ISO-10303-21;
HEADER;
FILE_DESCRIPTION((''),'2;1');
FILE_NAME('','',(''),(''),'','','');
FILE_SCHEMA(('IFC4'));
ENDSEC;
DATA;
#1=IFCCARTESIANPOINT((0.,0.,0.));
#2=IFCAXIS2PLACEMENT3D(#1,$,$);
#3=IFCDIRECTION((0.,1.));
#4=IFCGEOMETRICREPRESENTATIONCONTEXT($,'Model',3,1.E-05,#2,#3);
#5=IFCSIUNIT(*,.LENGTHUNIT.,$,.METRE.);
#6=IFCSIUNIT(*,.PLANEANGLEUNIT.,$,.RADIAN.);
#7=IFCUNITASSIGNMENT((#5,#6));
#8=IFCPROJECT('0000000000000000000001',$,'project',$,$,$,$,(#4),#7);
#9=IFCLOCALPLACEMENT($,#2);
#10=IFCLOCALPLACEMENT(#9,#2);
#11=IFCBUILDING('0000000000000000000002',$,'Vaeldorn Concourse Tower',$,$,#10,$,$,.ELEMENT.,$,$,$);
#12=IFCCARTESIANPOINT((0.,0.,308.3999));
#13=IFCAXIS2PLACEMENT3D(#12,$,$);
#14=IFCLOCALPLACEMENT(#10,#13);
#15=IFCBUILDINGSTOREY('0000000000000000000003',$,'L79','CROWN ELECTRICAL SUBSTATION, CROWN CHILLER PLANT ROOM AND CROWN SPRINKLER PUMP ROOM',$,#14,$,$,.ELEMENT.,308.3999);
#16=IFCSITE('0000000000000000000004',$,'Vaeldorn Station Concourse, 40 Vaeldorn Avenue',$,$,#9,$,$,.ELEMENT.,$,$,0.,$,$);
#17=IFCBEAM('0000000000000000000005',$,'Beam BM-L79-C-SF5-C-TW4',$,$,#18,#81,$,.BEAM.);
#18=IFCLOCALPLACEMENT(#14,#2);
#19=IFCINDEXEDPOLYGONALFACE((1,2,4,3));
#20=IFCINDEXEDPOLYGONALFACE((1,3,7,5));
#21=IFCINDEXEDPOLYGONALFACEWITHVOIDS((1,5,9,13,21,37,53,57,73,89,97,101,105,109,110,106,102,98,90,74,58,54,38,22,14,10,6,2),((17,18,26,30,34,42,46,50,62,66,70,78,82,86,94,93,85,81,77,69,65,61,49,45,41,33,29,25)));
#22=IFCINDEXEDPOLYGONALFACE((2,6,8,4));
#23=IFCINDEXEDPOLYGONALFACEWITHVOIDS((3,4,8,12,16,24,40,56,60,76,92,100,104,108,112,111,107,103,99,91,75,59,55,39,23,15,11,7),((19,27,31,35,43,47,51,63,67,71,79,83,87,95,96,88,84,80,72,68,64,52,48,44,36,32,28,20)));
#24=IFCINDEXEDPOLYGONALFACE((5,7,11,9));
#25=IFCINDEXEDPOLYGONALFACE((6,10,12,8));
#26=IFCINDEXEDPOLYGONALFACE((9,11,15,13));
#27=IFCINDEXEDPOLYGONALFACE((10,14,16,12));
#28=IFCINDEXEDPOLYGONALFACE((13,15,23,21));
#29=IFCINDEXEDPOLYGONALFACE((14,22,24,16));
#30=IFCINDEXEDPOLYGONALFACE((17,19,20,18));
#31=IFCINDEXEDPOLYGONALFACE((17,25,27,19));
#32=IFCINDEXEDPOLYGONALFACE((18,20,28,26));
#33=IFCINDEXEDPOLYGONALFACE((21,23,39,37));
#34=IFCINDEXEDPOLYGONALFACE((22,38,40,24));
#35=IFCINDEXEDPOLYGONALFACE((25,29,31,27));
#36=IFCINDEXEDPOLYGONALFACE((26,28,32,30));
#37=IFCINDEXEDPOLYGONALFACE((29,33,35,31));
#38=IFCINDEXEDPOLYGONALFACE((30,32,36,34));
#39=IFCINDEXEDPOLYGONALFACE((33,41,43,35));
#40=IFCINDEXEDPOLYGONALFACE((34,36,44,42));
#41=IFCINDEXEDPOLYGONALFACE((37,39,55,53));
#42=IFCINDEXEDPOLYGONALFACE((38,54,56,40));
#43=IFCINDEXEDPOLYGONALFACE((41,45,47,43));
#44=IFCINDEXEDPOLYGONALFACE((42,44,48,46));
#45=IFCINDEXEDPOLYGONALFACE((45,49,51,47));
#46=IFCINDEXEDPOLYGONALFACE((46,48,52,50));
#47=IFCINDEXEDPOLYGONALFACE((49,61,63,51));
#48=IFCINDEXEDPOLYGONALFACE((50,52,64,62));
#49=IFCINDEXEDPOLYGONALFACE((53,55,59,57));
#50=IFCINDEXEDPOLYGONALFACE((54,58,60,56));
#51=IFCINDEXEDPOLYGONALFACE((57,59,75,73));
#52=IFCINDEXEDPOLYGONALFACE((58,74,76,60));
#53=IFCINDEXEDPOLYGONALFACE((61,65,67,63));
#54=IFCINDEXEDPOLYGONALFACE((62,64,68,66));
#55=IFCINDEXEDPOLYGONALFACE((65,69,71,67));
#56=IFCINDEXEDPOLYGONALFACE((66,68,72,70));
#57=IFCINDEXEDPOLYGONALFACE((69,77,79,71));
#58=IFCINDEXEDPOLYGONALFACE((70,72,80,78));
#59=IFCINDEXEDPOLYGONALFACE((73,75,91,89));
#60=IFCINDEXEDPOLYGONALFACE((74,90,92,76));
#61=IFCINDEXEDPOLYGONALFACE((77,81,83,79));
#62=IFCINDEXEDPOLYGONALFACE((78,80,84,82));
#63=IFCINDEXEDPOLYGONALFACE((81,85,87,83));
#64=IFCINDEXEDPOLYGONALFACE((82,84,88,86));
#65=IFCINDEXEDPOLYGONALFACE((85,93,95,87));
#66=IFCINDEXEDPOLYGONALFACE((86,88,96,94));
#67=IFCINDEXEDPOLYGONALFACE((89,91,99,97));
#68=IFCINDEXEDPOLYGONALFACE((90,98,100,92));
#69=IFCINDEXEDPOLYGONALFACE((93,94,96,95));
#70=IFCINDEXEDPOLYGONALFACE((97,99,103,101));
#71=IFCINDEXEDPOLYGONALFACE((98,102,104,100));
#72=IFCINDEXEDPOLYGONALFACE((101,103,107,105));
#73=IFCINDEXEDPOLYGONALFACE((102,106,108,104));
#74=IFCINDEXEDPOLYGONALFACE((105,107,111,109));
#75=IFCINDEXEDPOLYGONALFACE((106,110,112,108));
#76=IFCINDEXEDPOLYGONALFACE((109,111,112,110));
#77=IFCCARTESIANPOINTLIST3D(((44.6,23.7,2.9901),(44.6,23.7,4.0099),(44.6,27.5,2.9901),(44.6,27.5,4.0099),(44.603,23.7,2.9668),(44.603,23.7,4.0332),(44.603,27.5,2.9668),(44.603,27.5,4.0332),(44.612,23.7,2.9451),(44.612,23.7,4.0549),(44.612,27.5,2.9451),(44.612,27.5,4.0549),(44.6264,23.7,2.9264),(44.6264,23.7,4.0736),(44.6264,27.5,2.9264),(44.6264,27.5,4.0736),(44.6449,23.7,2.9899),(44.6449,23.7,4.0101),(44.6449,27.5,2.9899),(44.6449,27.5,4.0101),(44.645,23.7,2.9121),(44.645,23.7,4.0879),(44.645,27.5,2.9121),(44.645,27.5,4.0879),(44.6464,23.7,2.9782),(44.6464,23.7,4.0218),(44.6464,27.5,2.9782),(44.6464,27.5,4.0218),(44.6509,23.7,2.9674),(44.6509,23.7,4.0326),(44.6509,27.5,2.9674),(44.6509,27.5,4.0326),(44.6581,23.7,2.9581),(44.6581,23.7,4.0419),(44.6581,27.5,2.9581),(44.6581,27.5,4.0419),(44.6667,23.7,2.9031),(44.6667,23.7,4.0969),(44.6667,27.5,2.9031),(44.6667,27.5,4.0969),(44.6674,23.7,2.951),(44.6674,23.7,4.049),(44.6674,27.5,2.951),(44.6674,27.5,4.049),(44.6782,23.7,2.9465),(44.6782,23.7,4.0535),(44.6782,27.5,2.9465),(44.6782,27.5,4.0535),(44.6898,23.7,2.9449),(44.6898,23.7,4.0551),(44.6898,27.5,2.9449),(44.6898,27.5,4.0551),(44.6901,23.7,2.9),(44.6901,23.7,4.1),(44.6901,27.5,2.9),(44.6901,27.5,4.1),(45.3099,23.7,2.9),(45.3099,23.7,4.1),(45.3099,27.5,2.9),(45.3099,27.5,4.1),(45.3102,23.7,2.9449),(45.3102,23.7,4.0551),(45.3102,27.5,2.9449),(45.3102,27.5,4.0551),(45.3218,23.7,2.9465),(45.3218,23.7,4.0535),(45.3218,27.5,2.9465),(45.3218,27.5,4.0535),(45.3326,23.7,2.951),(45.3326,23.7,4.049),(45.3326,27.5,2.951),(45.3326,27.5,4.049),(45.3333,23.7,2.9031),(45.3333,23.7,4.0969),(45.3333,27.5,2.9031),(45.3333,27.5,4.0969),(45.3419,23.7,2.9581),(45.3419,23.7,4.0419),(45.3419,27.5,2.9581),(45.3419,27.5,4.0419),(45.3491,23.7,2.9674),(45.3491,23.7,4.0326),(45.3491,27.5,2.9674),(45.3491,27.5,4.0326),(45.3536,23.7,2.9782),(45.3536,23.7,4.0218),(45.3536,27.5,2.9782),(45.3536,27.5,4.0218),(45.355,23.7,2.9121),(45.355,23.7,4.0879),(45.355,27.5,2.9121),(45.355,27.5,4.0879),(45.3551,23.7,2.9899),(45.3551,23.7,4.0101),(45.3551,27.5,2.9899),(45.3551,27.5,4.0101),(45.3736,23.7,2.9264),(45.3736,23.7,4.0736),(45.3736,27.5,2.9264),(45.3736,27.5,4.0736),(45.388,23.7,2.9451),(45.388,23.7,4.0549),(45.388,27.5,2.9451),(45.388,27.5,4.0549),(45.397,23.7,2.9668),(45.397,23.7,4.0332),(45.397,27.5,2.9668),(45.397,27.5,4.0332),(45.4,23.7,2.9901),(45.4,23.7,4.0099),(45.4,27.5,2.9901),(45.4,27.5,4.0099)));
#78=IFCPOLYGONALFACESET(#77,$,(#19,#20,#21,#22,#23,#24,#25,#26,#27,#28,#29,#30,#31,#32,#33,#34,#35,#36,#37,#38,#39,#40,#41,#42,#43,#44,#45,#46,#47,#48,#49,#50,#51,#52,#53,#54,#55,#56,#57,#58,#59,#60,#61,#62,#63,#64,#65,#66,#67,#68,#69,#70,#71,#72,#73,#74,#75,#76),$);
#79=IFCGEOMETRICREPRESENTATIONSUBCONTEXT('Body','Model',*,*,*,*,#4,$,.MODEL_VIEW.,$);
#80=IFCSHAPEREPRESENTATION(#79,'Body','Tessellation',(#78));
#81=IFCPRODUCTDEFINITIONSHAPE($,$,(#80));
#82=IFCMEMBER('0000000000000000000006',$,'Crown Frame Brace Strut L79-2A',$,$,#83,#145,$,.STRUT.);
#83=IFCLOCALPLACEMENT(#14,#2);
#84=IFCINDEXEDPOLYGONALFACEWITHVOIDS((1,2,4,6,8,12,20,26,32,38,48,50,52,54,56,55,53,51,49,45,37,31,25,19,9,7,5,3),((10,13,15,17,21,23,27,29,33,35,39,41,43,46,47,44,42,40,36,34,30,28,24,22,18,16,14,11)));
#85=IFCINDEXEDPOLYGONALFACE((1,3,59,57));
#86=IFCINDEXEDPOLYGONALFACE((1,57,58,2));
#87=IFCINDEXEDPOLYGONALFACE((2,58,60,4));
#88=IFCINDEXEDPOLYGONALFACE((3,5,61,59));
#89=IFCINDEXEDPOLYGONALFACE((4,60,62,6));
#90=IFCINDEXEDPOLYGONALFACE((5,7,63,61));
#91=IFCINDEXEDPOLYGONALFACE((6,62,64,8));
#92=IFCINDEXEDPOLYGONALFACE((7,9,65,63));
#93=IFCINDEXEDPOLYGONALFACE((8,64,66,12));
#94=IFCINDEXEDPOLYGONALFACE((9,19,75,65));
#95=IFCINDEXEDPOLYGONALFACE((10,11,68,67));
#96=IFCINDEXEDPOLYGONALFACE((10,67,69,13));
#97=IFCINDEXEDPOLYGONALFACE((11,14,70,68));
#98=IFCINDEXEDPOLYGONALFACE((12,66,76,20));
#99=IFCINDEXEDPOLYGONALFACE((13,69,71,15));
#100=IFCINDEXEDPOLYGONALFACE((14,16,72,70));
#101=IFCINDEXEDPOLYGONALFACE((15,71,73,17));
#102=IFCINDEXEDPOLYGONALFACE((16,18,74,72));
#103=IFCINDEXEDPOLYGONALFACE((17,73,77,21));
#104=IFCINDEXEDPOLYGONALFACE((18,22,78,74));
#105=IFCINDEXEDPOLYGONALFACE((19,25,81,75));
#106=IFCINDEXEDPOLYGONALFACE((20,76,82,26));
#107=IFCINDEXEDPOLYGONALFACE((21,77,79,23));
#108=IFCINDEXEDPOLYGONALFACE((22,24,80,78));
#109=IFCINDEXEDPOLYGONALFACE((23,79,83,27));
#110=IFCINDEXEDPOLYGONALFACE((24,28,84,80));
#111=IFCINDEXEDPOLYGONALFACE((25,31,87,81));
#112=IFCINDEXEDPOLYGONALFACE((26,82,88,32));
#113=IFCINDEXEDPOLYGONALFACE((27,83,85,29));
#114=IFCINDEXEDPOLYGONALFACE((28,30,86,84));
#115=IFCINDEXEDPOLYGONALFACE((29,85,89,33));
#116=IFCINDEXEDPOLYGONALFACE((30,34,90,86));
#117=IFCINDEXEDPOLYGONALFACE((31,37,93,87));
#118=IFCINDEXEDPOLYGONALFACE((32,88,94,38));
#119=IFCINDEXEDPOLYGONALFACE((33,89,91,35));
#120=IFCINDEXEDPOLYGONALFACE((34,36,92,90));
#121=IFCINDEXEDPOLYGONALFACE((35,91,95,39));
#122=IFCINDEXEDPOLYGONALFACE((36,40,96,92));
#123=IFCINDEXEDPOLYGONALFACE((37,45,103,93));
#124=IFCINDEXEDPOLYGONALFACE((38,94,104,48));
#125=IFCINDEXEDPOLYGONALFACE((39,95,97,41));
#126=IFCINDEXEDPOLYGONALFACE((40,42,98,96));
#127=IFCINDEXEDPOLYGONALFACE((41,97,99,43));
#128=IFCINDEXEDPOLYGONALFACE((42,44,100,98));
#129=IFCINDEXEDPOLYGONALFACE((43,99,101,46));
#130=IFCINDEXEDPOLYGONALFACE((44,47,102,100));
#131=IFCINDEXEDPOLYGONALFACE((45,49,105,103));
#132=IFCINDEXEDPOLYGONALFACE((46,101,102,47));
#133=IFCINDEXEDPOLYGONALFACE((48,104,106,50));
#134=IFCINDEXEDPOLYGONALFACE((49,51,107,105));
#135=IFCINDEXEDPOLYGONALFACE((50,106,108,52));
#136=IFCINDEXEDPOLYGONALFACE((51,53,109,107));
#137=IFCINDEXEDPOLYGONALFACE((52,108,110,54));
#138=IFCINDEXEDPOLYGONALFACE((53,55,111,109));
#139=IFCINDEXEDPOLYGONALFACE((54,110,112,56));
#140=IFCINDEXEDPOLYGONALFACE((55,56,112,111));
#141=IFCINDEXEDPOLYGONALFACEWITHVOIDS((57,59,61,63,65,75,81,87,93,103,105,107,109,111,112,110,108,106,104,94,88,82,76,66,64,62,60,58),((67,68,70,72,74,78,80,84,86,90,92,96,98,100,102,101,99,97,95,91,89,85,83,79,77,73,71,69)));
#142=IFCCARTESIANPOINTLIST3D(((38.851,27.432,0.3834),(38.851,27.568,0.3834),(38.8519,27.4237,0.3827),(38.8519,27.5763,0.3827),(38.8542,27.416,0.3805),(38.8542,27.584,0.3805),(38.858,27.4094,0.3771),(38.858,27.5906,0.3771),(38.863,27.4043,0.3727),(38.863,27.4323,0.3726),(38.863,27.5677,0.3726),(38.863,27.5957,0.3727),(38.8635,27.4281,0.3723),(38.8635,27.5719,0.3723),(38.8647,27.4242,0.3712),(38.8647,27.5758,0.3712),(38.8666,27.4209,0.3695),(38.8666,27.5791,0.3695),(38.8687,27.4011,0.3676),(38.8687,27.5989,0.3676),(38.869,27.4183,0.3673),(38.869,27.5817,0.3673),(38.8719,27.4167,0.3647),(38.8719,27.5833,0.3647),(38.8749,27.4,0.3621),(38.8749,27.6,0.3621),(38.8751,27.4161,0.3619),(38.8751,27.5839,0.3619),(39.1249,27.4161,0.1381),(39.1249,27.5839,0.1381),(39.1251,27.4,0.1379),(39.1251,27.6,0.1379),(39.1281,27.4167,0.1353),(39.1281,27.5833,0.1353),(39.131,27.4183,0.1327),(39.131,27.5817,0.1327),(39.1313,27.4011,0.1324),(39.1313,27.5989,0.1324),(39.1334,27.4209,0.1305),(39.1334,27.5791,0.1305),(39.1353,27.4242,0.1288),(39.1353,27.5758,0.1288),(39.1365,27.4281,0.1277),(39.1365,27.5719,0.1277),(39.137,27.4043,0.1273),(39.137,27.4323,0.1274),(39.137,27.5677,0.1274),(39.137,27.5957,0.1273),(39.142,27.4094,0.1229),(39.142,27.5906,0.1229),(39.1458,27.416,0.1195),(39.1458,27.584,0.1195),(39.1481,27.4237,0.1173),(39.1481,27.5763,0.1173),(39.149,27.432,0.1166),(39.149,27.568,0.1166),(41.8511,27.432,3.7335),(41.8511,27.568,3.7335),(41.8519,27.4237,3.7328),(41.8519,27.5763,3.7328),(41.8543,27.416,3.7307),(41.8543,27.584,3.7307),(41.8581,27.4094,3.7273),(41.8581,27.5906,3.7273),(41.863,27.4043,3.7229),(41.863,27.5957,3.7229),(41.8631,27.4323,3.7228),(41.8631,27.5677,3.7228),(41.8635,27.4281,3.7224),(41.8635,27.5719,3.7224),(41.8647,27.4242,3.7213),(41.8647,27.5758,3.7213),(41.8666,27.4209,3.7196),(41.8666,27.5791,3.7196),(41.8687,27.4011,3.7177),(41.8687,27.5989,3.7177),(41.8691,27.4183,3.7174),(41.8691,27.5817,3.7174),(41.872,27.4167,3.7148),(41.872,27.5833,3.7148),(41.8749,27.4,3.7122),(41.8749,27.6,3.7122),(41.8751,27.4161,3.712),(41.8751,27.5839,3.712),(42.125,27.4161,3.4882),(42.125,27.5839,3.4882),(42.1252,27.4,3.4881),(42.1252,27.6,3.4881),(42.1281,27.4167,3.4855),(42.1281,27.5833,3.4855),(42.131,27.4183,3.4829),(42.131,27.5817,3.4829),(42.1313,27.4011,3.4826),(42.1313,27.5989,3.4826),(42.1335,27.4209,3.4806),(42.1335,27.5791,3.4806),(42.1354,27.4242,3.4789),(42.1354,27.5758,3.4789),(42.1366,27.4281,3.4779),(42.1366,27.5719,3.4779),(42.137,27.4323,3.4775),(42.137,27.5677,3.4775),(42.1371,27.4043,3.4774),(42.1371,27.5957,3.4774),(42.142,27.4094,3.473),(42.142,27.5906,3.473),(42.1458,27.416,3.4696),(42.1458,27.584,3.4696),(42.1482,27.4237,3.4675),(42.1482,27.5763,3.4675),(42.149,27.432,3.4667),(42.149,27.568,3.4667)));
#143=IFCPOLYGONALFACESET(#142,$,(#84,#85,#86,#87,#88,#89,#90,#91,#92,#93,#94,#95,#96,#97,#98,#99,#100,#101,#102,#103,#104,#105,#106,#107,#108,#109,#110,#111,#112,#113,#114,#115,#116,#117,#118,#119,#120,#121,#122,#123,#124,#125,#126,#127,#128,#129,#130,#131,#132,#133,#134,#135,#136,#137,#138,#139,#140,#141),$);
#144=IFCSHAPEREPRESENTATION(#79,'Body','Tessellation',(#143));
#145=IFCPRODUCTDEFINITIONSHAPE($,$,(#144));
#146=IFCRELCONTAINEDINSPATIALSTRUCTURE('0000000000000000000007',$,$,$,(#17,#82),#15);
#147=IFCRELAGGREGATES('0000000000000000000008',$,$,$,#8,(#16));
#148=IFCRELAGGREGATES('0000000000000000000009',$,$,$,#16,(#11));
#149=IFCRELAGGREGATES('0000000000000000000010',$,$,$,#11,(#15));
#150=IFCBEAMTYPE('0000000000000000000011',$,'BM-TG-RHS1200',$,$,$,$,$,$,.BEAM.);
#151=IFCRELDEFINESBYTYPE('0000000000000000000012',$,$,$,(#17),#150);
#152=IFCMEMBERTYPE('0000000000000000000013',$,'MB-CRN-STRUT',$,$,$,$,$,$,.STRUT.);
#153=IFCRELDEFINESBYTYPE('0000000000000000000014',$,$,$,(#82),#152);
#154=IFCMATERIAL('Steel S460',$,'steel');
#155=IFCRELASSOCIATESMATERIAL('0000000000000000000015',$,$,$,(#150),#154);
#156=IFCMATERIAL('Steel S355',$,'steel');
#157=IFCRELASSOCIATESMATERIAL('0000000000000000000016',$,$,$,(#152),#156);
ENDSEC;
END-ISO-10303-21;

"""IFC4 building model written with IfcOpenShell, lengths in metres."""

from ifc_helpers import new_model, si_unit, direction, frame, origin, origin_2d, place, context, subcontext, project, spatial, hollow_rectangle, extrude, source, transform, mapped, material, material_profile, profile_set, type_object, element, save


model = new_model("IFC4")

# Units and contexts
model_context = context("Model", 3, precision=1e-05, world=origin(), true_north=direction((0.0, 1.0)))
body_context = subcontext(model_context, "Body", "Model", "MODEL_VIEW")
ifc_project = project(units=[si_unit("LENGTHUNIT", "METRE"), si_unit("PLANEANGLEUNIT", "RADIAN")], contexts=[model_context])

# Site, building, storey
site_placement = place(None, origin())
site = spatial("IfcSite", under=ifc_project, at=site_placement, Name="Vaeldorn Station Concourse, 40 Vaeldorn Avenue", CompositionType="ELEMENT", RefElevation=0.0)
building_placement = place(site_placement, origin())
building = spatial("IfcBuilding", under=site, at=building_placement, Name="Vaeldorn Concourse Tower", CompositionType="ELEMENT")
storey_placement = place(building_placement, frame((0.0, 0.0, 308.3999)))
storey = spatial("IfcBuildingStorey", under=building, at=storey_placement, Name="L79", Description="CROWN ELECTRICAL SUBSTATION, CROWN CHILLER PLANT ROOM AND CROWN SPRINKLER PUMP ROOM", CompositionType="ELEMENT", Elevation=308.3999)

# Shared definitions
ifc_material_1 = material(Name="Steel S355", Category="steel")

# Beam
ifc_material_2 = material(Name="Steel S460", Category="steel")
ifc_material_profile_1 = material_profile(ifc_material_2, hollow_rectangle(XDim=0.8, YDim=1.2, WallThickness=0.0449, InnerFilletRadius=0.0449, OuterFilletRadius=0.0901, at=origin_2d()), Name="RHS 1200x800x45")
ifc_profile_set_1 = profile_set([ifc_material_profile_1], Name="Steel S460")
beam_type_1 = type_object("IfcBeamType", Name="BM-TG-RHS1200", PredefinedType="BEAM", material=ifc_profile_set_1)
shared_shape_1 = source(origin(), body_context, "Body", "SweptSolid", [
    extrude(hollow_rectangle(XDim=0.8, YDim=1.2, WallThickness=0.0449, InnerFilletRadius=0.0449, OuterFilletRadius=0.0901, at=origin_2d()), origin(), (0.0, 0.0, 1.0), 3.8),
])
for number, where, z_axis, x_axis, name in (
    (1, (45.0, 23.7, 3.5), (0.0, 1.0, 0.0), (-1.0, 0.0, 0.0), "Beam BM-L79-C-SF5-C-TW4"),
):
    element("IfcBeam", number, at=place(storey_placement, frame(where, z_axis=z_axis, x_axis=x_axis)), inside=storey, type_object=beam_type_1, Name=name, PredefinedType="BEAM", context=body_context, shape_type="MappedRepresentation", body=[
        mapped(shared_shape_1, transform((0.0, 0.0, 0.0), scale=1.0)),
    ])

# Member
ifc_material_profile_2 = material_profile(ifc_material_1, hollow_rectangle(XDim=0.2, YDim=0.3999, WallThickness=0.0161, InnerFilletRadius=0.0161, OuterFilletRadius=0.032, at=origin_2d()), Name="RHS 400x200x16")
ifc_profile_set_2 = profile_set([ifc_material_profile_2], Name="Steel S355")
member_type_1 = type_object("IfcMemberType", Name="MB-CRN-STRUT", PredefinedType="STRUT", material=ifc_profile_set_2)
shared_shape_2 = source(origin(), body_context, "Body", "SweptSolid", [
    extrude(hollow_rectangle(XDim=0.2, YDim=0.3999, WallThickness=0.0161, InnerFilletRadius=0.0161, OuterFilletRadius=0.032, at=origin_2d()), origin(), (0.0, 0.0, 1.0), 4.4971),
])
for number, where, z_axis, x_axis, name in (
    (2, (39.0, 27.5, 0.25), (0.667109, 0.0, 0.74496), (0.0, 1.0, 0.0), "Crown Frame Brace Strut L79-2A"),
):
    element("IfcMember", number, at=place(storey_placement, frame(where, z_axis=z_axis, x_axis=x_axis)), inside=storey, type_object=member_type_1, Name=name, PredefinedType="STRUT", context=body_context, shape_type="MappedRepresentation", body=[
        mapped(shared_shape_2, transform((0.0, 0.0, 0.0), scale=1.0)),
    ])

save(model, "model.ifc")
